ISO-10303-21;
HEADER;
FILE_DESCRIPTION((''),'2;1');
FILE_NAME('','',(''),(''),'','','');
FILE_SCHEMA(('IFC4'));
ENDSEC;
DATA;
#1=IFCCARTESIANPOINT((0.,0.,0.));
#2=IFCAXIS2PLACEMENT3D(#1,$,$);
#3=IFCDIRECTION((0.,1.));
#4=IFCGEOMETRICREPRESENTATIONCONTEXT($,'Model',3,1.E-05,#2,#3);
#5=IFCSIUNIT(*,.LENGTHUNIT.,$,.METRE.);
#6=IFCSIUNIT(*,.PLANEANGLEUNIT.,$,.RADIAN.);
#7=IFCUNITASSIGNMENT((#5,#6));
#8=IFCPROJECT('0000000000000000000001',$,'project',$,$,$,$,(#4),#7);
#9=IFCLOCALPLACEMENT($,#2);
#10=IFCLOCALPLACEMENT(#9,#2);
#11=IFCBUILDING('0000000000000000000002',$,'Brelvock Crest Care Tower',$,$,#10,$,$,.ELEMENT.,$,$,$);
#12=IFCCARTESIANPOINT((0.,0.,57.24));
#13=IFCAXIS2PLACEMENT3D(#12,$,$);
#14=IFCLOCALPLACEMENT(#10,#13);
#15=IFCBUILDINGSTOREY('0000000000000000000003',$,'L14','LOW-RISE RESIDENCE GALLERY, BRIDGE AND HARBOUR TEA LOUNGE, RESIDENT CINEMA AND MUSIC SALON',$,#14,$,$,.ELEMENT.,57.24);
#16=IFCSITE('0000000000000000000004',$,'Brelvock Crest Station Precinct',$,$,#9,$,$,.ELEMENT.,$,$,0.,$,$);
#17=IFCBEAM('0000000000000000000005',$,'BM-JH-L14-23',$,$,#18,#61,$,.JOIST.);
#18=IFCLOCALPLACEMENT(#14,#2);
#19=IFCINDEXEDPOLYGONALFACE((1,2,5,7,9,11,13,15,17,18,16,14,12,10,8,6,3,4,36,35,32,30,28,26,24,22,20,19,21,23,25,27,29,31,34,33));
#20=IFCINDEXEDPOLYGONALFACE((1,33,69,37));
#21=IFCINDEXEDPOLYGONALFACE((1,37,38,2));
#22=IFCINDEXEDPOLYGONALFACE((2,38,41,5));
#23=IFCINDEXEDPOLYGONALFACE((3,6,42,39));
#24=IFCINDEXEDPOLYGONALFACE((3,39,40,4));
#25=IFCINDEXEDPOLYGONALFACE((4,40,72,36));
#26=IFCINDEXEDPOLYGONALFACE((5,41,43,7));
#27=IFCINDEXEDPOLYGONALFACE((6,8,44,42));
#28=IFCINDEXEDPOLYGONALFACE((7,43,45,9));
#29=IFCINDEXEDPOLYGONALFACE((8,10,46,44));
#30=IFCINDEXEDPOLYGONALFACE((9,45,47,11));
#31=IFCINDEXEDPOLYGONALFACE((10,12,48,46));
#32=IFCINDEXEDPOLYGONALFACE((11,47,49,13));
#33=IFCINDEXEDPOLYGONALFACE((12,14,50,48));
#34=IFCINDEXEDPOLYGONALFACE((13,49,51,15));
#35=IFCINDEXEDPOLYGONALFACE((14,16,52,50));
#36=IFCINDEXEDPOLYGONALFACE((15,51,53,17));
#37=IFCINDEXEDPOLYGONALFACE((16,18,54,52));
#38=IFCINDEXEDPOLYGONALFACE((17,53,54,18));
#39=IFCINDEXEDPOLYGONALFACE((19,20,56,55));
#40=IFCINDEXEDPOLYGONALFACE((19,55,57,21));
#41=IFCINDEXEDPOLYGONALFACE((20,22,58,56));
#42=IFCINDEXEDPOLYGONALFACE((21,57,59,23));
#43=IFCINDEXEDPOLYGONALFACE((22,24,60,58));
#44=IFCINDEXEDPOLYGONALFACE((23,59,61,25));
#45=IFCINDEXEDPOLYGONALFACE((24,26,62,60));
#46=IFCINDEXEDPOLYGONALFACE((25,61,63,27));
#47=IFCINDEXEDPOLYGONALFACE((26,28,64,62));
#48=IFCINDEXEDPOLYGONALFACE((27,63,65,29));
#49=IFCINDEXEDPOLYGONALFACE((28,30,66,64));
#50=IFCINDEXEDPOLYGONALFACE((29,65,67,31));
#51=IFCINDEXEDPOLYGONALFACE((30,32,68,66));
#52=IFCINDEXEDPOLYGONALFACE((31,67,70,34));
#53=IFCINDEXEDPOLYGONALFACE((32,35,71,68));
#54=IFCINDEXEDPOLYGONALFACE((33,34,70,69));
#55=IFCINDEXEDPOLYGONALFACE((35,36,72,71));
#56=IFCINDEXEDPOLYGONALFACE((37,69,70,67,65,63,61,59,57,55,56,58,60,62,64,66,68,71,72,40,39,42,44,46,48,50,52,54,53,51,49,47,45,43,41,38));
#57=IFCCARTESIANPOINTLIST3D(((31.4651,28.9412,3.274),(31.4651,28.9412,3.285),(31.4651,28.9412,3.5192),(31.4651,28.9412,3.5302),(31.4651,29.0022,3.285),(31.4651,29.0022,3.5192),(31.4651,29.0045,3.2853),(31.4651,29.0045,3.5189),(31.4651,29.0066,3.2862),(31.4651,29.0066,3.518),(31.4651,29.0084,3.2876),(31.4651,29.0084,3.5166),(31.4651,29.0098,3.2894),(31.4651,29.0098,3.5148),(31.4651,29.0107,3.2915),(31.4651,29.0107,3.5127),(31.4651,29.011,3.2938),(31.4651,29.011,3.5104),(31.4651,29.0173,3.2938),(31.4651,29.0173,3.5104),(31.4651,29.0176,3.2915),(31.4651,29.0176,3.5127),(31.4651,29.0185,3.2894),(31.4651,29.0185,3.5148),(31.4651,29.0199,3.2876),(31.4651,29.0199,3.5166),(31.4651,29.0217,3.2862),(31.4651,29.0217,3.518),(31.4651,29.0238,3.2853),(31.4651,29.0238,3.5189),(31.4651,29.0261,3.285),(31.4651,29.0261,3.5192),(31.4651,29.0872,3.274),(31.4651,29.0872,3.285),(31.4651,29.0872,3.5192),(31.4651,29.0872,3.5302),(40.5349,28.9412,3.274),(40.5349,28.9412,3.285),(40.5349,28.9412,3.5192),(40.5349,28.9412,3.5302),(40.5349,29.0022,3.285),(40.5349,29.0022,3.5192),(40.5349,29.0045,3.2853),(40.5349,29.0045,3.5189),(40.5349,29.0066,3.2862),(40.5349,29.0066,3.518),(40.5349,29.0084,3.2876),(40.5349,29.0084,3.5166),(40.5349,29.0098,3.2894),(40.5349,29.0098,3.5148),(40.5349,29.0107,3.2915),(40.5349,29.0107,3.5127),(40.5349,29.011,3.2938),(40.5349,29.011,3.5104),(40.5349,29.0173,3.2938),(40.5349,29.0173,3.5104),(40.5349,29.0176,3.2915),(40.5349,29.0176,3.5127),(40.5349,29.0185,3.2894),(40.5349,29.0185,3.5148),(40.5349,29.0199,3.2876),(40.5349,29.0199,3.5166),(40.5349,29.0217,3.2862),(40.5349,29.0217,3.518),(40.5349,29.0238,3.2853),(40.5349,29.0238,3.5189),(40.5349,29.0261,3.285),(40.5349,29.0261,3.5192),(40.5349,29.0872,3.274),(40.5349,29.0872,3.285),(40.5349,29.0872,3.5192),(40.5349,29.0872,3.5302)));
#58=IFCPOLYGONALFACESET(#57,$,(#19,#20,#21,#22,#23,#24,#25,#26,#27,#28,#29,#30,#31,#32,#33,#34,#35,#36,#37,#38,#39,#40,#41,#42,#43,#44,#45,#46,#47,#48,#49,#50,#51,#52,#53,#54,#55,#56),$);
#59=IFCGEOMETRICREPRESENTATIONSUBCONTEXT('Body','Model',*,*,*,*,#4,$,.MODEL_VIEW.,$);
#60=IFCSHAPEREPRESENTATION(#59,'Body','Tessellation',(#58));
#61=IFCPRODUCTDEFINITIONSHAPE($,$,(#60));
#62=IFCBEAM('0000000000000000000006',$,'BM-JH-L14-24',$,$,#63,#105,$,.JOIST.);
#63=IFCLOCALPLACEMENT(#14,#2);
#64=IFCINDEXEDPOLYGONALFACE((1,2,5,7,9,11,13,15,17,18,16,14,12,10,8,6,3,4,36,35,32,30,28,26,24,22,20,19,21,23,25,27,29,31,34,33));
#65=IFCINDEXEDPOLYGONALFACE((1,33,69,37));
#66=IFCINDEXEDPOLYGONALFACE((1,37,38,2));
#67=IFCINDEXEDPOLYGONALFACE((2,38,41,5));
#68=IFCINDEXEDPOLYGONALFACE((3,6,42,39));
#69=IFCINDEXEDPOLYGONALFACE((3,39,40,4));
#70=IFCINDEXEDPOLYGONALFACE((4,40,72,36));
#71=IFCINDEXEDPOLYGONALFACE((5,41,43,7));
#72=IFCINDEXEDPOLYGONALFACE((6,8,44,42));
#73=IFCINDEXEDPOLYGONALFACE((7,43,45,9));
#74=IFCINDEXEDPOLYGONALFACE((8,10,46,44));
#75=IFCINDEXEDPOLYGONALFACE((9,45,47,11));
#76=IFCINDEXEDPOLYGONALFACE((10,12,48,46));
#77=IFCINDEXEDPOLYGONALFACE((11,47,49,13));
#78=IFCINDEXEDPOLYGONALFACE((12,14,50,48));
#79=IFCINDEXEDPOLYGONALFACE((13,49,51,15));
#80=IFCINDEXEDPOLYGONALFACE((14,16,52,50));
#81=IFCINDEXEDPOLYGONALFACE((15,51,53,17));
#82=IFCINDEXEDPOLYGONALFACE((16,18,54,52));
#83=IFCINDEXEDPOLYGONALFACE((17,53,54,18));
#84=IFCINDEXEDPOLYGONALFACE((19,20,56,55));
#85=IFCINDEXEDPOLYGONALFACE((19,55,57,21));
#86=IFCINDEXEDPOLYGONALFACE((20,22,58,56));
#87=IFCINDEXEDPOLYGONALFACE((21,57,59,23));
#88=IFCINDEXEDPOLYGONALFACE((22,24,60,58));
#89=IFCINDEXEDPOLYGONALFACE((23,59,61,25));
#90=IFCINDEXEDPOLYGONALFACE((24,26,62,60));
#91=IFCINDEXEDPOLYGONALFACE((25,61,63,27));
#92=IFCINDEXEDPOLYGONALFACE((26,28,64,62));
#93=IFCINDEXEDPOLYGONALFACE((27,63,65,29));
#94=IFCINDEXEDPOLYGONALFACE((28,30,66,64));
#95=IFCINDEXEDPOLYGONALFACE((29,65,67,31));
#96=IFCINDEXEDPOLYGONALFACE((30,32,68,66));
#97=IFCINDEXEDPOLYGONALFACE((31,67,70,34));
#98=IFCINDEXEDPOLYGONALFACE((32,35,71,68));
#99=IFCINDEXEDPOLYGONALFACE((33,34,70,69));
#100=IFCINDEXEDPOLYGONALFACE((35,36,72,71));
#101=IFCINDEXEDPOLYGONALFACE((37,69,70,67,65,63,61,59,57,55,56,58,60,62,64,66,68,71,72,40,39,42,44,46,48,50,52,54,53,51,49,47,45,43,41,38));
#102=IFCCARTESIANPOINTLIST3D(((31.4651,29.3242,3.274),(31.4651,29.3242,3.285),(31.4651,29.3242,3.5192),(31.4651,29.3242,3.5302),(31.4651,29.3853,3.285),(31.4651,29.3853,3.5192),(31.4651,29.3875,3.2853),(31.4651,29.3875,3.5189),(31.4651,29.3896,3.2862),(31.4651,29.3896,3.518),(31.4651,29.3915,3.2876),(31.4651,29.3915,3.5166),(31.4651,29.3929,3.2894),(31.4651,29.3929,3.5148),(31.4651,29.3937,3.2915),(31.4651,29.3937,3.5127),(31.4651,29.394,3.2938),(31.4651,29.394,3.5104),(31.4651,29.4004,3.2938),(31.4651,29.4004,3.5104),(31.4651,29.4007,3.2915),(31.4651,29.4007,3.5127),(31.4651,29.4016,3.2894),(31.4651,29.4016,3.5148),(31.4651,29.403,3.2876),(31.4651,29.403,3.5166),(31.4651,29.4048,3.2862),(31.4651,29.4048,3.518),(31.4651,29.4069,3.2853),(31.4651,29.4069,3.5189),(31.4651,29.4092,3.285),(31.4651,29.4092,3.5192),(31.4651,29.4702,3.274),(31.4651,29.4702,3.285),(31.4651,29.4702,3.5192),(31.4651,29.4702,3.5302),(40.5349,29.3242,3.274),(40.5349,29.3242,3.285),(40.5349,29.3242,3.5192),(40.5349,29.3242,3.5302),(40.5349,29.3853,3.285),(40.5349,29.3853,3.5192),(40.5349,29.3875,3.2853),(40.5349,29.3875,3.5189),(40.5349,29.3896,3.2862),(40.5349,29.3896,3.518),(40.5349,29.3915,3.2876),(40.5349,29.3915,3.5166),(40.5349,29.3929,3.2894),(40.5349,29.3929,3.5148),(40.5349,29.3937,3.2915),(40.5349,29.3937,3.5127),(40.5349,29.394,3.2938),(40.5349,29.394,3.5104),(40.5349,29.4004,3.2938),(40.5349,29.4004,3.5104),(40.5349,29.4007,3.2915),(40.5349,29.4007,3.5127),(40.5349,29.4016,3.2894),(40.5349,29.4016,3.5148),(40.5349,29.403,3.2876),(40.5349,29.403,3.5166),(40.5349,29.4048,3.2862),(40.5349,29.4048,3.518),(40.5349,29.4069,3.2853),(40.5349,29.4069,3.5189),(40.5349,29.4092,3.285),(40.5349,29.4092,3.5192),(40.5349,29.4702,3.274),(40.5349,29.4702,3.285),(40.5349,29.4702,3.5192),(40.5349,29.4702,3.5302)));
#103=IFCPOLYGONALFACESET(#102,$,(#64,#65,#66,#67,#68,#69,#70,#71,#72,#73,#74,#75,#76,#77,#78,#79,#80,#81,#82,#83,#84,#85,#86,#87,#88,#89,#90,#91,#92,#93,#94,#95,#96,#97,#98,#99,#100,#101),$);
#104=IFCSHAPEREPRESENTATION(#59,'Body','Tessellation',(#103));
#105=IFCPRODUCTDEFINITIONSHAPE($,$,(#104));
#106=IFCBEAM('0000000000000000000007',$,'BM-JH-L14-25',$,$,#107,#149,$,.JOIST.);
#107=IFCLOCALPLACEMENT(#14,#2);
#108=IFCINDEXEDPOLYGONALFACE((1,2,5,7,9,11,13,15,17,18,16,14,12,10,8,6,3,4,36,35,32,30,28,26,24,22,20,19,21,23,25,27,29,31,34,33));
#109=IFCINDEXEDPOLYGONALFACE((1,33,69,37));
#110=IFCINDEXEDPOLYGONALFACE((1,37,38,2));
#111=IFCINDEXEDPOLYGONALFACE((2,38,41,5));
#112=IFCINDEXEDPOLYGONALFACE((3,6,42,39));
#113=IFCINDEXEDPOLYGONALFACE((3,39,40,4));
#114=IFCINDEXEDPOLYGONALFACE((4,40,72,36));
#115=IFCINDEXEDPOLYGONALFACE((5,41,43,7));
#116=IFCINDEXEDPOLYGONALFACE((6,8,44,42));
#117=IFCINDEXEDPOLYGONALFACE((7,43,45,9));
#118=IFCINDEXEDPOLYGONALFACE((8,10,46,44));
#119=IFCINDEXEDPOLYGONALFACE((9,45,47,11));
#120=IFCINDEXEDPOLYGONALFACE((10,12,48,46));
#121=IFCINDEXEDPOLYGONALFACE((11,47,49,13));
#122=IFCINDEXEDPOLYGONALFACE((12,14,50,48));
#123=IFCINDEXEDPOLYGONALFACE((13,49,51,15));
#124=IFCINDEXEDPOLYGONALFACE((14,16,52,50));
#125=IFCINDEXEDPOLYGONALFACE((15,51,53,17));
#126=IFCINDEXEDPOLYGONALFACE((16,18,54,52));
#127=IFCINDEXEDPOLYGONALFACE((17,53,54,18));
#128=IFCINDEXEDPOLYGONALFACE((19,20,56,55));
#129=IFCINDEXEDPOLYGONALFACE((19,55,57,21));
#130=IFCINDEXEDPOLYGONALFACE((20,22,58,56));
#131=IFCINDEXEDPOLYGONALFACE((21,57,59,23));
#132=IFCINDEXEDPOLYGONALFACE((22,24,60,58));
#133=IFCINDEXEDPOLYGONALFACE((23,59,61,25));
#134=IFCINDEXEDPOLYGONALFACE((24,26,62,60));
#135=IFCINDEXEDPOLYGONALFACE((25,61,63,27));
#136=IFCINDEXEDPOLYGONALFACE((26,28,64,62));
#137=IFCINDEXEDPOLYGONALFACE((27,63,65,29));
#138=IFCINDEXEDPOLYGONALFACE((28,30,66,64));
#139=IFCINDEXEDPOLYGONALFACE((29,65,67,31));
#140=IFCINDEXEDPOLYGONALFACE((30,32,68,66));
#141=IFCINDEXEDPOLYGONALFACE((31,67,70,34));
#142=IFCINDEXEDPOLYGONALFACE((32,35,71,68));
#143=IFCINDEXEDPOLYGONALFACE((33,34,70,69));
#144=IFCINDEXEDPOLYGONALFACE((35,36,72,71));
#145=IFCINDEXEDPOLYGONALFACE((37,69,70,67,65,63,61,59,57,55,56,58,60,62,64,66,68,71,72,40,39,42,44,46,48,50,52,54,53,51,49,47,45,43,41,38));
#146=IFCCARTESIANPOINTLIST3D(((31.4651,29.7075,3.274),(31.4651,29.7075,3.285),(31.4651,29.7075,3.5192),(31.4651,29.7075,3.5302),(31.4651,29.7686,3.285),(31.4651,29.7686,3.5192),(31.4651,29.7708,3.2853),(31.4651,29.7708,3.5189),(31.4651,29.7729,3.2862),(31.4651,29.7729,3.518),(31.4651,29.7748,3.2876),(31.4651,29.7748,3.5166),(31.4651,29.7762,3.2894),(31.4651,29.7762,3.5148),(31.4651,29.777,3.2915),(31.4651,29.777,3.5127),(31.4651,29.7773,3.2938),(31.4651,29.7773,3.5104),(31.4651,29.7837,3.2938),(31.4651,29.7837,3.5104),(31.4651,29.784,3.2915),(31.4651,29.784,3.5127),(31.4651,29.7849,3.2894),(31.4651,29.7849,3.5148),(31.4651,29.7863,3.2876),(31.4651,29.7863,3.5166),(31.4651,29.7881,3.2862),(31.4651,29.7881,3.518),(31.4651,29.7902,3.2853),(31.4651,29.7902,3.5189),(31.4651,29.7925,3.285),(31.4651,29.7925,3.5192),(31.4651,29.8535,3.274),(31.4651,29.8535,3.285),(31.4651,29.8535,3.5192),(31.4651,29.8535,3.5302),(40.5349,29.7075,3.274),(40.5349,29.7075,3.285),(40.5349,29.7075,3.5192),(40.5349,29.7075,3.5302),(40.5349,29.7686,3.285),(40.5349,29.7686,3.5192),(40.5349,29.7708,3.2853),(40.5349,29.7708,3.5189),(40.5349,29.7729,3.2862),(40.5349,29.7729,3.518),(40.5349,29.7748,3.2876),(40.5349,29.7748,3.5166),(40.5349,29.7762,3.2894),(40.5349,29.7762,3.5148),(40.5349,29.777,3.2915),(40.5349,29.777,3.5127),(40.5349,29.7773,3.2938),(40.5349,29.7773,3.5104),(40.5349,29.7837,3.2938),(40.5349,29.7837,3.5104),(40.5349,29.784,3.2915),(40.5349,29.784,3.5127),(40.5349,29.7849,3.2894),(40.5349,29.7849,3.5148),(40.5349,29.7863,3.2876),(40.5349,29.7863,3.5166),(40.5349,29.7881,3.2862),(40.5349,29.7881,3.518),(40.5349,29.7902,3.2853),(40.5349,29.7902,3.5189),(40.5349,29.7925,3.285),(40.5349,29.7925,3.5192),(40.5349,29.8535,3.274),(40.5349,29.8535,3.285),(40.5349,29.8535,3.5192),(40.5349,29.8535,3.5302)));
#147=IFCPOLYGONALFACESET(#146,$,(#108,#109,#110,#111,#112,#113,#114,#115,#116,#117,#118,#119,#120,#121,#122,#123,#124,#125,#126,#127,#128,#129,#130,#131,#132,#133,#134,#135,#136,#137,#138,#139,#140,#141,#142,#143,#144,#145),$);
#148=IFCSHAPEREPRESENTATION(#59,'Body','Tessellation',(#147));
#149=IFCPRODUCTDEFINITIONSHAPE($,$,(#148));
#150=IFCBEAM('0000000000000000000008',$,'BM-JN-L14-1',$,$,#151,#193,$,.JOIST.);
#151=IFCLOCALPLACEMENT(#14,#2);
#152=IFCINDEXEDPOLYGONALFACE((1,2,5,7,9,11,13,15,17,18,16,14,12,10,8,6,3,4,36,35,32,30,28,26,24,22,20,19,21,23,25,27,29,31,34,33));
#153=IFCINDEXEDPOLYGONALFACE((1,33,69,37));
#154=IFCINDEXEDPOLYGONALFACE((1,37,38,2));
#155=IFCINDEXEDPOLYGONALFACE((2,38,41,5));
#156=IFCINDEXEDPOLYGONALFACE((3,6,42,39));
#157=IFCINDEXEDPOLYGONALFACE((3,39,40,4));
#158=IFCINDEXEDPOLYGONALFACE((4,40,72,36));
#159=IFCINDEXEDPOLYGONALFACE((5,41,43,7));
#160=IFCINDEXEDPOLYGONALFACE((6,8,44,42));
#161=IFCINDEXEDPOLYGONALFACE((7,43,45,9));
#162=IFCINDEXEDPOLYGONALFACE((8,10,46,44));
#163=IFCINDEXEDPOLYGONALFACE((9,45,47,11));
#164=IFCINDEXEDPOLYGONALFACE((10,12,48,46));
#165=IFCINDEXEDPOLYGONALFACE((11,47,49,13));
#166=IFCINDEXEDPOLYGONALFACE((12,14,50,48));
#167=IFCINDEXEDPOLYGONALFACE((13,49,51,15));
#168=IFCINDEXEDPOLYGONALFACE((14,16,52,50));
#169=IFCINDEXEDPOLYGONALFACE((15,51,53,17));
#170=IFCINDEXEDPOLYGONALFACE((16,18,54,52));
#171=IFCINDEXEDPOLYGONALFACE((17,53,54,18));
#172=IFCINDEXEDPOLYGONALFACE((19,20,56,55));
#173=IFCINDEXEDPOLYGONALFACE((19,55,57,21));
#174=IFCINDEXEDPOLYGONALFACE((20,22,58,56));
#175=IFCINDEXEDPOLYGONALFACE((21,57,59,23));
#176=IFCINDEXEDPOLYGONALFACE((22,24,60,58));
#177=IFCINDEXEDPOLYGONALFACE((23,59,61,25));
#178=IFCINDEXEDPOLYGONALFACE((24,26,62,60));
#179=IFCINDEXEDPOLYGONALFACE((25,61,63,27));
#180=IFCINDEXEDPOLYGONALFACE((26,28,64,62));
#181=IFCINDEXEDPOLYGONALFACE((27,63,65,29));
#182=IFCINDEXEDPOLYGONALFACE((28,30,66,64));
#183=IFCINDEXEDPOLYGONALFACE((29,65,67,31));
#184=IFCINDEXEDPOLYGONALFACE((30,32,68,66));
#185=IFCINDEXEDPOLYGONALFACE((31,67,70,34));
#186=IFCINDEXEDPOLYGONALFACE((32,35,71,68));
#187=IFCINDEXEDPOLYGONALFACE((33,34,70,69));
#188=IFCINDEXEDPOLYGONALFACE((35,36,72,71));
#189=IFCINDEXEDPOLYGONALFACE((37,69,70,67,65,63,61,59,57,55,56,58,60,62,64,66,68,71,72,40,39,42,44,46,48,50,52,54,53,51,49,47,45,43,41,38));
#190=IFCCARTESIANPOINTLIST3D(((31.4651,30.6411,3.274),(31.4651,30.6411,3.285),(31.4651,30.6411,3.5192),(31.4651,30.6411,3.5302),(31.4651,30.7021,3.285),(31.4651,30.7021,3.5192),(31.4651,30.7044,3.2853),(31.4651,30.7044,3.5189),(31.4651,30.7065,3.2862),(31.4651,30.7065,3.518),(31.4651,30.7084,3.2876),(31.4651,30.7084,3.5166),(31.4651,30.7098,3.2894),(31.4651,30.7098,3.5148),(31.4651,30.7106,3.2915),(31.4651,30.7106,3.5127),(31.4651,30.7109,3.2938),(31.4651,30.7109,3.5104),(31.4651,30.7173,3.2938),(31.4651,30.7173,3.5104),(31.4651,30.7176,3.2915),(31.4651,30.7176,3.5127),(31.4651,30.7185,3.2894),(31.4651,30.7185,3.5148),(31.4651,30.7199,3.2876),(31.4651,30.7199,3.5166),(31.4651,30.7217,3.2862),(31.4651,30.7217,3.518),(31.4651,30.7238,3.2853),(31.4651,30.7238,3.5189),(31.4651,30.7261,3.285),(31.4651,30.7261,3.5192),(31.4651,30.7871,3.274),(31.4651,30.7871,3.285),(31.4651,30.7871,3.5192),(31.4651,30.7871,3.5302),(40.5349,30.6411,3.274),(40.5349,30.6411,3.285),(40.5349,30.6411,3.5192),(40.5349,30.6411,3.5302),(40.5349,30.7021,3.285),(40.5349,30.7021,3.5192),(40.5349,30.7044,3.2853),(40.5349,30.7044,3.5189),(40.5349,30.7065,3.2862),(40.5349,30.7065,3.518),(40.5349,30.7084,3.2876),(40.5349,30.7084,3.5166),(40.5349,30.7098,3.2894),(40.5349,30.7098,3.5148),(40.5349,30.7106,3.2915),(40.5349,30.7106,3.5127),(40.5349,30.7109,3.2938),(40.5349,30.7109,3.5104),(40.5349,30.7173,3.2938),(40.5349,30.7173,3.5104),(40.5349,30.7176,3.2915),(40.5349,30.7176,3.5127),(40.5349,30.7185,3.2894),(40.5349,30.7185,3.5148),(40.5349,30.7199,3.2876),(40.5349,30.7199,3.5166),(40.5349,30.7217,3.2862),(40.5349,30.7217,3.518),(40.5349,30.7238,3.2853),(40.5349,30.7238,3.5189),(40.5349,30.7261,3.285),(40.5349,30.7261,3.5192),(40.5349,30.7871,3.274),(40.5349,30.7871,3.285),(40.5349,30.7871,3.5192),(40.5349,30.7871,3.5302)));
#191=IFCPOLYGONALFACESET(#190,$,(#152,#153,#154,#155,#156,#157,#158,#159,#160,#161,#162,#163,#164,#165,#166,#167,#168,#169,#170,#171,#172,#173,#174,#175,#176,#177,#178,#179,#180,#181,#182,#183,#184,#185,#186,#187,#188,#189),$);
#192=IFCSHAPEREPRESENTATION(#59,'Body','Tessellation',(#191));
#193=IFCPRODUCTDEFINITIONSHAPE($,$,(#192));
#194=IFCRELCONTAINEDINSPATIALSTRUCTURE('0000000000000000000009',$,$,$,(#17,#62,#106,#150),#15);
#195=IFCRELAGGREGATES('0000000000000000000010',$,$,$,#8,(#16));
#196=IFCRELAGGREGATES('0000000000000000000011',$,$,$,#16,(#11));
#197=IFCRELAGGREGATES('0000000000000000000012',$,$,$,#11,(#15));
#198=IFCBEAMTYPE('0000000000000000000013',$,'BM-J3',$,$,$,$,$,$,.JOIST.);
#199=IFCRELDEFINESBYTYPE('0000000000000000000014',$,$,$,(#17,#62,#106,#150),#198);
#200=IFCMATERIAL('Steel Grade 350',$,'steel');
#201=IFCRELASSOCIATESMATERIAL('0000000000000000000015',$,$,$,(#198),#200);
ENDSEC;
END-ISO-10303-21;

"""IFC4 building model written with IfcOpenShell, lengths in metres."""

from ifc_helpers import new_model, si_unit, direction, frame, origin, origin_2d, place, context, subcontext, project, spatial, i_section, extrude, source, transform, mapped, material, material_profile, profile_set, type_object, element, save


model = new_model("IFC4")

# Units and contexts
model_context = context("Model", 3, precision=1e-05, world=origin(), true_north=direction((0.0, 1.0)))
body_context = subcontext(model_context, "Body", "Model", "MODEL_VIEW")
ifc_project = project(units=[si_unit("LENGTHUNIT", "METRE"), si_unit("PLANEANGLEUNIT", "RADIAN")], contexts=[model_context])

# Site, building, storey
site_placement = place(None, origin())
site = spatial("IfcSite", under=ifc_project, at=site_placement, Name="Brelvock Crest Station Precinct", CompositionType="ELEMENT", RefElevation=0.0)
building_placement = place(site_placement, origin())
building = spatial("IfcBuilding", under=site, at=building_placement, Name="Brelvock Crest Care Tower", CompositionType="ELEMENT")
storey_placement = place(building_placement, frame((0.0, 0.0, 57.24)))
storey = spatial("IfcBuildingStorey", under=building, at=storey_placement, Name="L14", Description="LOW-RISE RESIDENCE GALLERY, BRIDGE AND HARBOUR TEA LOUNGE, RESIDENT CINEMA AND MUSIC SALON", CompositionType="ELEMENT", Elevation=57.24)

# Beams
ifc_material_1 = material(Name="Steel Grade 350", Category="steel")
ifc_material_profile = material_profile(ifc_material_1, i_section(OverallWidth=0.146, OverallDepth=0.2561, WebThickness=0.0063, FlangeThickness=0.011, FilletRadius=0.0088, at=origin_2d()), Name="250UB37.3")
ifc_profile_set = profile_set([ifc_material_profile], Name="Steel Grade 350")
beam_type = type_object("IfcBeamType", Name="BM-J3", PredefinedType="JOIST", material=ifc_profile_set)
shared_shape_1 = source(origin(), body_context, "Body", "SweptSolid", [
    extrude(i_section(OverallWidth=0.146, OverallDepth=0.2561, WebThickness=0.0063, FlangeThickness=0.011, FilletRadius=0.0088, at=origin_2d()), origin(), (0.0, 0.0, 1.0), 9.0698),
])
for number, where, z_axis, x_axis, name in (
    (1, (31.4651, 29.0142, 3.4021), (1.0, 0.0, 0.0), (0.0, 1.0, 0.0), "BM-JH-L14-23"),
    (2, (31.4651, 29.3972, 3.4021), (1.0, 0.0, 0.0), (0.0, 1.0, 0.0), "BM-JH-L14-24"),
    (3, (31.4651, 29.7805, 3.4021), (1.0, 0.0, 0.0), (0.0, 1.0, 0.0), "BM-JH-L14-25"),
    (4, (31.4651, 30.7141, 3.4021), (1.0, 0.0, 0.0), (0.0, 1.0, 0.0), "BM-JN-L14-1"),
):
    element("IfcBeam", number, at=place(storey_placement, frame(where, z_axis=z_axis, x_axis=x_axis)), inside=storey, type_object=beam_type, Name=name, PredefinedType="JOIST", context=body_context, shape_type="MappedRepresentation", body=[
        mapped(shared_shape_1, transform((0.0, 0.0, 0.0), x_axis=(1.0, 0.0, 0.0), y_axis=(0.0, 1.0, 0.0), z_axis=(0.0, 0.0, 1.0), scale=1.0)),
    ])

save(model, "model.ifc")
